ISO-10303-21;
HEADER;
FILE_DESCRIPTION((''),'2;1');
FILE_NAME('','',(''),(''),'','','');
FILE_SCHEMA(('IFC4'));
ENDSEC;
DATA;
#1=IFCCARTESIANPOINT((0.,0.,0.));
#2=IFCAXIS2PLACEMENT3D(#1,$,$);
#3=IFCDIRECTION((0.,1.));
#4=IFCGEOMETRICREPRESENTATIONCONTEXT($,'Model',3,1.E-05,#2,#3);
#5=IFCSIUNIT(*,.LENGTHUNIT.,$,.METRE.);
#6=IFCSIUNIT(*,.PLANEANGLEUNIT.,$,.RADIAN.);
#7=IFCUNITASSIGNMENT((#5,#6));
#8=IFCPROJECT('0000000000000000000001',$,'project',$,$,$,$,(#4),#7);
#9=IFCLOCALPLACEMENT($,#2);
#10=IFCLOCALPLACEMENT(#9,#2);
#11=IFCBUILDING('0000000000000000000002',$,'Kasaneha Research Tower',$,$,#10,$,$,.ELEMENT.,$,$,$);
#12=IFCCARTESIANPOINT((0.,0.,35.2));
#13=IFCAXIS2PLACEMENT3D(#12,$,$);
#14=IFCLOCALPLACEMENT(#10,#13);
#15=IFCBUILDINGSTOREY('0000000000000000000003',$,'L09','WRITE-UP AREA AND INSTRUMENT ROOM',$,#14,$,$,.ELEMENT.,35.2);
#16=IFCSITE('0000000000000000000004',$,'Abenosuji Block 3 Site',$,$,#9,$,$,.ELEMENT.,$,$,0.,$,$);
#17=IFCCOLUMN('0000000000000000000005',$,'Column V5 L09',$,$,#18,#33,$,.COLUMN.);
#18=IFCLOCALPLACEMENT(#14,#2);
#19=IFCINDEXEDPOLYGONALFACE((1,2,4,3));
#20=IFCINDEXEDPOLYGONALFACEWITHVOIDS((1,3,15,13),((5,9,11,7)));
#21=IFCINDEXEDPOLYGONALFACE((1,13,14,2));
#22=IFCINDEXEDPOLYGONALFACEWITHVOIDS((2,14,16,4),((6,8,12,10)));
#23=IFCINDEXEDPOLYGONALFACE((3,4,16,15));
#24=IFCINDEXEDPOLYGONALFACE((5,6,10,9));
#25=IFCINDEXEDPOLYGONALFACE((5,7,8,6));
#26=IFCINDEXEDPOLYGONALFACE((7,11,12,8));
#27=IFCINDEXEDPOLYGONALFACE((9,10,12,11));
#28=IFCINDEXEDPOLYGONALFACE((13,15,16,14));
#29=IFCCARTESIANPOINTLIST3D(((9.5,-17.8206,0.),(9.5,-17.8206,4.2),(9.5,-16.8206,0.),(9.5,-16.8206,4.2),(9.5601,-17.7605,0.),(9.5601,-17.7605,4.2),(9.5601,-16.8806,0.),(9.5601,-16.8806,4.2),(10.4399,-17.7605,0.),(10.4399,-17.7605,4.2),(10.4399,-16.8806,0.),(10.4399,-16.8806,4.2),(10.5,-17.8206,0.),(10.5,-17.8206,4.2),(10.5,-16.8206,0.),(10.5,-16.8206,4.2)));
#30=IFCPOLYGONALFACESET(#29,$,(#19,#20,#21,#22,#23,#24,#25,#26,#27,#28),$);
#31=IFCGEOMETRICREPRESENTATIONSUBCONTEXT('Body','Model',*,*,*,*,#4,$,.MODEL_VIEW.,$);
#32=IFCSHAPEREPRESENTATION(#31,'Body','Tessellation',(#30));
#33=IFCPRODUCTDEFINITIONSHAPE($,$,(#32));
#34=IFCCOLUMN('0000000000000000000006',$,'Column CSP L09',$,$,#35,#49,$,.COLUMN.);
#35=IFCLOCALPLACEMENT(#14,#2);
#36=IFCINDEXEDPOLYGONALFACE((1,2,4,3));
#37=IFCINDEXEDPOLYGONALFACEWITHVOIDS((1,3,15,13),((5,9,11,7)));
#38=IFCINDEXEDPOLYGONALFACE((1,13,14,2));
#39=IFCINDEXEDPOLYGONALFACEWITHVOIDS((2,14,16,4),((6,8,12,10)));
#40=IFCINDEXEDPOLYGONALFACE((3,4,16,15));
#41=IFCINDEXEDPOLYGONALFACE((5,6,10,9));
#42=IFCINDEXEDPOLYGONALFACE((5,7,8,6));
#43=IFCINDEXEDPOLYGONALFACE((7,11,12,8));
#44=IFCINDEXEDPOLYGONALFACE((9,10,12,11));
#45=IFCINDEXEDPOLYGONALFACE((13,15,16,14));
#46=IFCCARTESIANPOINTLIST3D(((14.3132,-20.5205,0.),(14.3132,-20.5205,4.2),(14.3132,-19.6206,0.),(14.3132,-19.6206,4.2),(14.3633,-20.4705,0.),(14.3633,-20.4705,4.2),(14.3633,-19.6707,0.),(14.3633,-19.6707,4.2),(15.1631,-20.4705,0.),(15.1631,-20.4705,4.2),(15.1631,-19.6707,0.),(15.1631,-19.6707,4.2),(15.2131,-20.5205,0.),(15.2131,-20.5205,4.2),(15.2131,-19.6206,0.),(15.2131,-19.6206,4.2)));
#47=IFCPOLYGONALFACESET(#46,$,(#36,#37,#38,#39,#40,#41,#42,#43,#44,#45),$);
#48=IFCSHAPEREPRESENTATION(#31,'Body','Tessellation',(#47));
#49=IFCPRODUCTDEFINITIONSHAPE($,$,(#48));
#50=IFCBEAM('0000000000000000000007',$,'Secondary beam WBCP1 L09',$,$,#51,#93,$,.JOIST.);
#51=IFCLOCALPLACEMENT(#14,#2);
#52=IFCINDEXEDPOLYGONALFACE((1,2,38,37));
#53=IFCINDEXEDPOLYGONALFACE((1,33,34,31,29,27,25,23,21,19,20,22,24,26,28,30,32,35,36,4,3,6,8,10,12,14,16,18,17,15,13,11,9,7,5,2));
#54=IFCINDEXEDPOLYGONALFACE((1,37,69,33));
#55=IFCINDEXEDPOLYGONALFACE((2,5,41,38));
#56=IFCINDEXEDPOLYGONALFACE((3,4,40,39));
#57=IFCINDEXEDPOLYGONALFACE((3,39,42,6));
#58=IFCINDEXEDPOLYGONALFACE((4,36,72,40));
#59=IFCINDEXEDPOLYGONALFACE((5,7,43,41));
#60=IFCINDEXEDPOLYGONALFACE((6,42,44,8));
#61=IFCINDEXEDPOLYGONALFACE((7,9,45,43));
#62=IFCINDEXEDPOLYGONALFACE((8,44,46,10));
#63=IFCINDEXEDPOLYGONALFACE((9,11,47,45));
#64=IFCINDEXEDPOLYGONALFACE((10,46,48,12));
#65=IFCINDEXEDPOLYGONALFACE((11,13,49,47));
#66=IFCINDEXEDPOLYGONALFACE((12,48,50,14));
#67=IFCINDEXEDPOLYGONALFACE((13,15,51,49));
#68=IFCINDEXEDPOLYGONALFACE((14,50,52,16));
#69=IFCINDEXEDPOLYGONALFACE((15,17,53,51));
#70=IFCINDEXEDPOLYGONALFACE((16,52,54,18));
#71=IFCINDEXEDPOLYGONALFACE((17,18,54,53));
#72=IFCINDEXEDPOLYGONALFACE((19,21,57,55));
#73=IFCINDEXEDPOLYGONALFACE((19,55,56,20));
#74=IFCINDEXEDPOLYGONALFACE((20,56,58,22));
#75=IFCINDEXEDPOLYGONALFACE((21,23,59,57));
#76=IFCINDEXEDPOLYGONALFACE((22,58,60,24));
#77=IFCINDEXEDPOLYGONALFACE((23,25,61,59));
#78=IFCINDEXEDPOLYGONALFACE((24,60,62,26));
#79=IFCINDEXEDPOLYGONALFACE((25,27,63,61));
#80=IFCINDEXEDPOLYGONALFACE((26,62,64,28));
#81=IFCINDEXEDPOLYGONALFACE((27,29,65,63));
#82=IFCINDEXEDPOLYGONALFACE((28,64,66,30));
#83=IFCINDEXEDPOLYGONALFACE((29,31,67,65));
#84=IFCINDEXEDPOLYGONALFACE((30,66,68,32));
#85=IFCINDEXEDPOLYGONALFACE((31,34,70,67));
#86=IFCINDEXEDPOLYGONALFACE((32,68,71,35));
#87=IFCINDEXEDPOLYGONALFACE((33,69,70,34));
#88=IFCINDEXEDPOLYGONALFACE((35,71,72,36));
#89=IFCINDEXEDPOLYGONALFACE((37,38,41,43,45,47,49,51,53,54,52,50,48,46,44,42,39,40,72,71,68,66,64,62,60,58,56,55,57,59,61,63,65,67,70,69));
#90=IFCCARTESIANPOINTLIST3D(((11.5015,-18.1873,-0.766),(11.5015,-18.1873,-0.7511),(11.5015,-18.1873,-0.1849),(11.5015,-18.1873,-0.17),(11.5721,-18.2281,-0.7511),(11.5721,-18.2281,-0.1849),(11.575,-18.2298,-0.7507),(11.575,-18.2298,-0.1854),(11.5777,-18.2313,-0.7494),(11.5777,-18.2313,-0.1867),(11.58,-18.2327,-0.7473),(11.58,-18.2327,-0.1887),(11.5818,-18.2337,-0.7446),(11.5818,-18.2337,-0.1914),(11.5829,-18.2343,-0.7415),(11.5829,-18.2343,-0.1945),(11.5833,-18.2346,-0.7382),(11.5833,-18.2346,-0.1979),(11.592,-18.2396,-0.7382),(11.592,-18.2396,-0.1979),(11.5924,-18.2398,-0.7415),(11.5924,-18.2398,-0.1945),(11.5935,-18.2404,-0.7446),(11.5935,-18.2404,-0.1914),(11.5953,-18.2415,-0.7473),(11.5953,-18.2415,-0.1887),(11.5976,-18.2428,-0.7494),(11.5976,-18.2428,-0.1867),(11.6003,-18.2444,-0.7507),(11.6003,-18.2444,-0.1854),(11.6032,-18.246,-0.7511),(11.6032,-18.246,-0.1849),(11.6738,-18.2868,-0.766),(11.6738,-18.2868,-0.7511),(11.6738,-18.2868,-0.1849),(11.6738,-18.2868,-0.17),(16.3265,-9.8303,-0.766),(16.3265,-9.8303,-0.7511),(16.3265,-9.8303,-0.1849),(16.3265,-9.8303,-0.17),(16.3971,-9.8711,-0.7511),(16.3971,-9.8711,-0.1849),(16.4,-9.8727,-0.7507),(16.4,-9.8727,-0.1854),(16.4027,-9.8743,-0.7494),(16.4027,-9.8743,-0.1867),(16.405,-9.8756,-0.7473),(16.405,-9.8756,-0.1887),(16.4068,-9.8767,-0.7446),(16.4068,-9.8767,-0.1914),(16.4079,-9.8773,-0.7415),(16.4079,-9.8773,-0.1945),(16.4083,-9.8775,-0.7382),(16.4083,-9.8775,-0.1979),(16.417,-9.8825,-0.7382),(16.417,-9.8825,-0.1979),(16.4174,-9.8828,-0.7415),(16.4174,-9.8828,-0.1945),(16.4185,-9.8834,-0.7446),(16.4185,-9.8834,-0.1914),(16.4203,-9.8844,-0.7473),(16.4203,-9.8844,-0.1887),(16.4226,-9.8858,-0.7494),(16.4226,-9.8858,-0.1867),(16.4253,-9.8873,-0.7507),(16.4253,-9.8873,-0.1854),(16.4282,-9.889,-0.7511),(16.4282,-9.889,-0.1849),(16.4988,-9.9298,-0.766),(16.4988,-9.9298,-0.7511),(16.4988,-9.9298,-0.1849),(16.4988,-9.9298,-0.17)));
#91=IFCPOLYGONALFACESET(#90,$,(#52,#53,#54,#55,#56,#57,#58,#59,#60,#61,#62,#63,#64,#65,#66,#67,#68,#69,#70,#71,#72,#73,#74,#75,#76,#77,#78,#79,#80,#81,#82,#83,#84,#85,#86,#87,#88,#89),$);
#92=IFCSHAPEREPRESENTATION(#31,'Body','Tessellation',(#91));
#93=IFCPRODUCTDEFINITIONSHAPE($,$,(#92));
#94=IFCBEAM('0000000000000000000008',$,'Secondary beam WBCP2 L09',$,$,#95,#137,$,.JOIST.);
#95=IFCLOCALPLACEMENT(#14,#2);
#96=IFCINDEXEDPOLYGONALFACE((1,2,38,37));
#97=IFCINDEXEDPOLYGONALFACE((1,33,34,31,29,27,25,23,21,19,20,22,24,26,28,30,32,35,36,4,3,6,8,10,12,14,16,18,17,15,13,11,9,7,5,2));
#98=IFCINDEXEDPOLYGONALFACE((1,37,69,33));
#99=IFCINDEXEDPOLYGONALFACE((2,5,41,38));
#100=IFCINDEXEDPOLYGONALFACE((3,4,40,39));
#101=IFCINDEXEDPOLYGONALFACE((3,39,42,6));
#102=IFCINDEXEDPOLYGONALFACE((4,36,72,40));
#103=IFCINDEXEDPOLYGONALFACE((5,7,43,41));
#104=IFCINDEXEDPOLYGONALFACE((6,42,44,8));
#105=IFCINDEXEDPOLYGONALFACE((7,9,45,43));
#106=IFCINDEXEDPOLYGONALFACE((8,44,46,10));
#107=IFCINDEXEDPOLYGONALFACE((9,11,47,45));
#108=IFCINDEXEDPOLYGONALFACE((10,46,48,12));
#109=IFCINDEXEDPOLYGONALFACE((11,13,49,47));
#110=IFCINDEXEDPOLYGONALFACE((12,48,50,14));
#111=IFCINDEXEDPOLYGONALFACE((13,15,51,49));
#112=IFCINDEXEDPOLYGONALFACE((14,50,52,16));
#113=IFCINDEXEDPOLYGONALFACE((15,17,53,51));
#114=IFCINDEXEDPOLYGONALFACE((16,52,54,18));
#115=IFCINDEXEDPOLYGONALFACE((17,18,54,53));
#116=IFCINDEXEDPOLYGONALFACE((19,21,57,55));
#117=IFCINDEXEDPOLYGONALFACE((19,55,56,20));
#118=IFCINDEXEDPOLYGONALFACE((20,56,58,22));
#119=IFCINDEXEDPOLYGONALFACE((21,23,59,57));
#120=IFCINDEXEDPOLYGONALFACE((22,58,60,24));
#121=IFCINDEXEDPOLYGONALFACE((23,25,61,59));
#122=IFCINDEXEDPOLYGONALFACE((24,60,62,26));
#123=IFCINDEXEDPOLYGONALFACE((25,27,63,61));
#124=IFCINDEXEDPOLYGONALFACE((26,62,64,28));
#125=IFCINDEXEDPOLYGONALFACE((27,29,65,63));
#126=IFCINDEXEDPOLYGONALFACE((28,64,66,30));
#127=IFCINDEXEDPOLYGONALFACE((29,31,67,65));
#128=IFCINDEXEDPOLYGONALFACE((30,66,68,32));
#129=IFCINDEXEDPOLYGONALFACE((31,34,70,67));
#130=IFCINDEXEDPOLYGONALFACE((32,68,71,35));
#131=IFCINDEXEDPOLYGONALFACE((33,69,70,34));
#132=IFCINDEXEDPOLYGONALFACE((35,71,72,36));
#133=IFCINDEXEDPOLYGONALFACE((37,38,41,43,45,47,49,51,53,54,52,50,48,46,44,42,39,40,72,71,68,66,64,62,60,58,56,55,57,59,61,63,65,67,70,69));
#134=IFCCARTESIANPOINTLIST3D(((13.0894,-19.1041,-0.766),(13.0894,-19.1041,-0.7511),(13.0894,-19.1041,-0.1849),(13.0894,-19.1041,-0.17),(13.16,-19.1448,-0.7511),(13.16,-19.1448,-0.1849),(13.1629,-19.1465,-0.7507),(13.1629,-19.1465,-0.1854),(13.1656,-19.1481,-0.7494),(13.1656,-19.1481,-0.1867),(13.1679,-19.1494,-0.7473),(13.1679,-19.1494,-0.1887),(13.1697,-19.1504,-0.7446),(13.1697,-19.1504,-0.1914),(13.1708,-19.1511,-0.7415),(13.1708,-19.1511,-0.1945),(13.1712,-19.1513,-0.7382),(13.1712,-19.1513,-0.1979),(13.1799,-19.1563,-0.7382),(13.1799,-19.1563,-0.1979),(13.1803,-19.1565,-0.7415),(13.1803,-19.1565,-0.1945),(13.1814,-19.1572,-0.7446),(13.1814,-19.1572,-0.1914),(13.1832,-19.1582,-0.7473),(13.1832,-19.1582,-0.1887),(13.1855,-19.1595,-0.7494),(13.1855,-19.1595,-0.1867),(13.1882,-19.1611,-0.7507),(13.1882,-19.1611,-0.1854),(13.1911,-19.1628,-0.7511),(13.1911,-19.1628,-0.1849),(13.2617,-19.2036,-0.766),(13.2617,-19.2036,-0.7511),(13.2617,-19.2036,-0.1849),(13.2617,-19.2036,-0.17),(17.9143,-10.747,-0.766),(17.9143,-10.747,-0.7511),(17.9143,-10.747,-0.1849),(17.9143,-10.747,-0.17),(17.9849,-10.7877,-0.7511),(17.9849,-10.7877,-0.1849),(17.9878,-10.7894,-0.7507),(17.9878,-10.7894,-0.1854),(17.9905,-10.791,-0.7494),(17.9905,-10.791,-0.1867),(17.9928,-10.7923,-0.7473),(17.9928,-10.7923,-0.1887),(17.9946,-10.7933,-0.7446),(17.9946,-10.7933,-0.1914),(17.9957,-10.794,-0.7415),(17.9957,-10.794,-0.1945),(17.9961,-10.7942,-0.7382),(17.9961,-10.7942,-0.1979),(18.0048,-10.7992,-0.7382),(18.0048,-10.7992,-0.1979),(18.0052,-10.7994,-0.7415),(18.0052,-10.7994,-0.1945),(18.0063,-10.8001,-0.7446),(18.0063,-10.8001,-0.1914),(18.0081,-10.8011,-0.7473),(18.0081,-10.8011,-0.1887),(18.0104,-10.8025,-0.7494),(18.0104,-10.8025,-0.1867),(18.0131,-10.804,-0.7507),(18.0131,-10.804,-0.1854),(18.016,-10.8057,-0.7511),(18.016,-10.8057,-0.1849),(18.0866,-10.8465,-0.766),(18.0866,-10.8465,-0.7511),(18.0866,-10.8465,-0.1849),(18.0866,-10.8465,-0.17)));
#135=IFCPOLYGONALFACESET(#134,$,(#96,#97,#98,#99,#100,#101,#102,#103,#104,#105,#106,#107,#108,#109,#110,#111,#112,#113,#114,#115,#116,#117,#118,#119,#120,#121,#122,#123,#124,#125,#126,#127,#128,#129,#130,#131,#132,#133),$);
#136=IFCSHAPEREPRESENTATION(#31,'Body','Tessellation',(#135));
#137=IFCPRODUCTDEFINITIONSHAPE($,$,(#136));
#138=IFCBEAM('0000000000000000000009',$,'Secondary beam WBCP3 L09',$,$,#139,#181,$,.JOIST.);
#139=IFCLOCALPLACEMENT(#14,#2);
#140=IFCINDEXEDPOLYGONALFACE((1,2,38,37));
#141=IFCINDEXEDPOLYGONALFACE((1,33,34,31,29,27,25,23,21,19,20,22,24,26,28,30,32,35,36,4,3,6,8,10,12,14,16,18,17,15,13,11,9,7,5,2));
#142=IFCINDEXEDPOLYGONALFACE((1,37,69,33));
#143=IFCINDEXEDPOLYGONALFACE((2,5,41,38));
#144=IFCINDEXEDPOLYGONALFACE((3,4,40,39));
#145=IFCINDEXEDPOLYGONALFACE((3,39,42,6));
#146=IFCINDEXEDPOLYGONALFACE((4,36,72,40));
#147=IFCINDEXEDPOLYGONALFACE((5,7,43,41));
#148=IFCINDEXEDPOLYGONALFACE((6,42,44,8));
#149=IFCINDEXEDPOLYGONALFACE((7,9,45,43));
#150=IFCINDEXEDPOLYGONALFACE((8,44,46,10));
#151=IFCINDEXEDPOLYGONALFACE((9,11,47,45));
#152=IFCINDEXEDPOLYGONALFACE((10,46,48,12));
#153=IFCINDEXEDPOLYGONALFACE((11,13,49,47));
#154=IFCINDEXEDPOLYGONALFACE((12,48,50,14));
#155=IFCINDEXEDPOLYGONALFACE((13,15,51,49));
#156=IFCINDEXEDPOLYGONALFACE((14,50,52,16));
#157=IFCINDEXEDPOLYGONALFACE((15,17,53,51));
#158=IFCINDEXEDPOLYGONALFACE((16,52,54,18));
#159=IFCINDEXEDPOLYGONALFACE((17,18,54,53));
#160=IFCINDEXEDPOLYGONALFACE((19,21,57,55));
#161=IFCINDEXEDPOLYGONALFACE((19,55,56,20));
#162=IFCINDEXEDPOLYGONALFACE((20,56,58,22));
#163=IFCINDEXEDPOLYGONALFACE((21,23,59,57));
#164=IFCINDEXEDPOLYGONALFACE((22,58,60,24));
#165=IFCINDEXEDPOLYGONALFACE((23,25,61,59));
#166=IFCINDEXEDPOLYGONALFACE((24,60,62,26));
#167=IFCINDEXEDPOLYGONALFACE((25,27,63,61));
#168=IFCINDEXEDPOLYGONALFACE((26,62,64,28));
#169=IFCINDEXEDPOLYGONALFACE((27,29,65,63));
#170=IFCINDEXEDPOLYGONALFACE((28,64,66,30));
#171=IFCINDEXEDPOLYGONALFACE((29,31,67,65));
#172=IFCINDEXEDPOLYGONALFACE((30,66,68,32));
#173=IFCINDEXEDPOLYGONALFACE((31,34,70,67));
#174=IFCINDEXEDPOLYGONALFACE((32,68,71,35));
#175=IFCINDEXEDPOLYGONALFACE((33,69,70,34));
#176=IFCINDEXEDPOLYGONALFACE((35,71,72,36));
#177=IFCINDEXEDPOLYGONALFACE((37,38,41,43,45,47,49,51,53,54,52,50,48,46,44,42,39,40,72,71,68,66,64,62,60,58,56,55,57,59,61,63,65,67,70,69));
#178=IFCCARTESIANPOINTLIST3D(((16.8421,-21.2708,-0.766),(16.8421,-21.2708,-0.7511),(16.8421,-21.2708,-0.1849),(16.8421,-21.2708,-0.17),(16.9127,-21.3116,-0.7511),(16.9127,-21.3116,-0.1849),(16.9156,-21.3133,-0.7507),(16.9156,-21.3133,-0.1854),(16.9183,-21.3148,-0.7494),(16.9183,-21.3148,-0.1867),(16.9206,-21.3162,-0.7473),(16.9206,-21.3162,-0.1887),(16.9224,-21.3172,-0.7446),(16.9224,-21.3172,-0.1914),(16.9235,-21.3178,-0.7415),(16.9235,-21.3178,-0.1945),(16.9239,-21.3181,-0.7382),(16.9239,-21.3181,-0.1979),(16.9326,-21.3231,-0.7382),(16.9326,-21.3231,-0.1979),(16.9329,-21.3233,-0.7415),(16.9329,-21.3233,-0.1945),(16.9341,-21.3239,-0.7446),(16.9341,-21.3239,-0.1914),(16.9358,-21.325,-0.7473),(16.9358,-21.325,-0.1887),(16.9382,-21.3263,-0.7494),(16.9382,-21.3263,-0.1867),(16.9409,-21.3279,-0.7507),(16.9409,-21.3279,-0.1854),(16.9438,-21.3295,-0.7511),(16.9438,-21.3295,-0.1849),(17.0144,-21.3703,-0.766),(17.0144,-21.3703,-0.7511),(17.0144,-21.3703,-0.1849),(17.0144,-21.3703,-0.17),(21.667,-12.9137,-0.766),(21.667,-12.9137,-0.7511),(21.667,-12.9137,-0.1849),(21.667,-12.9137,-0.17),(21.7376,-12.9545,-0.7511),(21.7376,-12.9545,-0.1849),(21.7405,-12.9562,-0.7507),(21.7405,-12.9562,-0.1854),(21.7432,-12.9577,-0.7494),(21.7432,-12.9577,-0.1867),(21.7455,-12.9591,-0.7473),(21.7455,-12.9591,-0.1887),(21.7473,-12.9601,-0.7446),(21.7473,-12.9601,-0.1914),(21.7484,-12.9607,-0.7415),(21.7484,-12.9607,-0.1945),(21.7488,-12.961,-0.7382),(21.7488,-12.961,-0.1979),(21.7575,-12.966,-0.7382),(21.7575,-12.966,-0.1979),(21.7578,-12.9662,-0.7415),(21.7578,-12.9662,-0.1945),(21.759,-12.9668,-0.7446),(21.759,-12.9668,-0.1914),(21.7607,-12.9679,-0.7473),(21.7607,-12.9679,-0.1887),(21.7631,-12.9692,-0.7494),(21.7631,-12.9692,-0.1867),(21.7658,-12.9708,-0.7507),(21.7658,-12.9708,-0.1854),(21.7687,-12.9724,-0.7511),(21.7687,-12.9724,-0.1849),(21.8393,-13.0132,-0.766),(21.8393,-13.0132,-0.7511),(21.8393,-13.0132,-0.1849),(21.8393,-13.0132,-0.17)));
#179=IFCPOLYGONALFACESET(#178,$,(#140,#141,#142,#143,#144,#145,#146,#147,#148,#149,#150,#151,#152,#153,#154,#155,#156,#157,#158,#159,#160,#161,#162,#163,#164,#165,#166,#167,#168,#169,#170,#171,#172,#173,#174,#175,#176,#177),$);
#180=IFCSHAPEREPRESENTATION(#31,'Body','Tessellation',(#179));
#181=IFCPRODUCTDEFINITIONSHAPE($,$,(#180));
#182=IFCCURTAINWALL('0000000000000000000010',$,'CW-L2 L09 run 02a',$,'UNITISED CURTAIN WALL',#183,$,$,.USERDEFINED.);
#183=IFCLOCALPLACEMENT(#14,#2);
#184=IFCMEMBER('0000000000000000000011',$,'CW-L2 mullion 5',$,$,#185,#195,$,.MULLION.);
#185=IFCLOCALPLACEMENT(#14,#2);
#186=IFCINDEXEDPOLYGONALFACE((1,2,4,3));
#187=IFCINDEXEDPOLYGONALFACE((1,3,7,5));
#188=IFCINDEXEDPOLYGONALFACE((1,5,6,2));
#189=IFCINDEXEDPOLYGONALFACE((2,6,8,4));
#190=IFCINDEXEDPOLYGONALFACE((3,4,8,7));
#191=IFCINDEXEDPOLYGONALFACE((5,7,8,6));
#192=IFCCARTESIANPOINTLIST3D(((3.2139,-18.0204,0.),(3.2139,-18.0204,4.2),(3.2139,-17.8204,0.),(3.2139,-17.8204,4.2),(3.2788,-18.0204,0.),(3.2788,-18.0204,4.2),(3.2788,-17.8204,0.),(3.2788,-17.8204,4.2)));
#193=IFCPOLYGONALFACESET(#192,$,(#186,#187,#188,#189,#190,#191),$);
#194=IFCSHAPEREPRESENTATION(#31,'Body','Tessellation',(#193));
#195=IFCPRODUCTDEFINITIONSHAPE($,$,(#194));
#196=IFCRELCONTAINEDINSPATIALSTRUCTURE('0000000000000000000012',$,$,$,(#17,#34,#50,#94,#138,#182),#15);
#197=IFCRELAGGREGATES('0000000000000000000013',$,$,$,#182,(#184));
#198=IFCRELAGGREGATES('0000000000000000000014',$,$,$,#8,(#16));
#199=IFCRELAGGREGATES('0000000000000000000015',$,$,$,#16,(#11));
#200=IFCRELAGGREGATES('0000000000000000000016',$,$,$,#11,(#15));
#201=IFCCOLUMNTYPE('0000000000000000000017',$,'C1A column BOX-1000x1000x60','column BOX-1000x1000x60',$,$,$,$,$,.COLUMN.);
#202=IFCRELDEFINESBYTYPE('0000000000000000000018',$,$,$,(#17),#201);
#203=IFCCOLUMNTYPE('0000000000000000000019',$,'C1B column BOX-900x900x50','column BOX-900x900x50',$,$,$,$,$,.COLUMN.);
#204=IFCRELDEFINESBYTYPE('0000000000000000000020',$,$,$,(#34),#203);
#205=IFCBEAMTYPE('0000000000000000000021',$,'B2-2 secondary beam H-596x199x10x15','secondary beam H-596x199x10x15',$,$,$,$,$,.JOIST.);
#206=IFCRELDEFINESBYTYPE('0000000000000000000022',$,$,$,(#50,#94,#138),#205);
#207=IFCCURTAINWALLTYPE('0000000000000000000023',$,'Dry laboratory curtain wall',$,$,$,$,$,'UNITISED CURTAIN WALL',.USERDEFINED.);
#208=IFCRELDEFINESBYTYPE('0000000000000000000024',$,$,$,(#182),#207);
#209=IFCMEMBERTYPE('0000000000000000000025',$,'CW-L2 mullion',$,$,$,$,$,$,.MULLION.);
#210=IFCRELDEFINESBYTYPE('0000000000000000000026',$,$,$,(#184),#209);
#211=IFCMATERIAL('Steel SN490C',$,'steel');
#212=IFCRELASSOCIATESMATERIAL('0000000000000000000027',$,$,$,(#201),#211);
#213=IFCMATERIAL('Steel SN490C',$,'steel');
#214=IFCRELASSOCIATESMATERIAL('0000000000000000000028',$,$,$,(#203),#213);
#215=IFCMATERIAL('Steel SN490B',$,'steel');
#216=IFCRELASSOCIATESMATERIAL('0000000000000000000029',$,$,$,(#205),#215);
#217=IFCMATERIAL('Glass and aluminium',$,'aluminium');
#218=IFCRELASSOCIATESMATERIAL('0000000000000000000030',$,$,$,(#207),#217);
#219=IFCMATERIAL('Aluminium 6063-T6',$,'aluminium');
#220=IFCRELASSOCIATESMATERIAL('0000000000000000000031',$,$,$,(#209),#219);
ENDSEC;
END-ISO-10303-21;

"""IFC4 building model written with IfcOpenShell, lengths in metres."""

from ifc_helpers import new_model, si_unit, direction, frame, origin, origin_2d, place, context, subcontext, project, spatial, rectangle, hollow_rectangle, i_section, extrude, material, material_profile, profile_set, type_object, element, aggregate, save


model = new_model("IFC4")

# Units and contexts
model_context = context("Model", 3, precision=1e-05, world=origin(), true_north=direction((0.0, 1.0)))
body_context = subcontext(model_context, "Body", "Model", "MODEL_VIEW")
ifc_project = project(units=[si_unit("LENGTHUNIT", "METRE"), si_unit("PLANEANGLEUNIT", "RADIAN")], contexts=[model_context])

# Site, building, storey
site_placement = place(None, origin())
site = spatial("IfcSite", under=ifc_project, at=site_placement, Name="Abenosuji Block 3 Site", CompositionType="ELEMENT", RefElevation=0.0)
building_placement = place(site_placement, origin())
building = spatial("IfcBuilding", under=site, at=building_placement, Name="Kasaneha Research Tower", CompositionType="ELEMENT")
storey_placement = place(building_placement, frame((0.0, 0.0, 35.2)))
storey = spatial("IfcBuildingStorey", under=building, at=storey_placement, Name="L09", Description="WRITE-UP AREA AND INSTRUMENT ROOM", CompositionType="ELEMENT", Elevation=35.2)

# Columns
ifc_material_1 = material(Name="Steel SN490C", Category="steel")
ifc_material_profile_1 = material_profile(ifc_material_1, hollow_rectangle(XDim=1.0, YDim=1.0, WallThickness=0.0601, at=origin_2d()), Name="BOX-1000x1000x60")
ifc_profile_set_1 = profile_set([ifc_material_profile_1], Name="Steel SN490C")
column_type_1 = type_object("IfcColumnType", Name="C1A column BOX-1000x1000x60", Description="column BOX-1000x1000x60", PredefinedType="COLUMN", material=ifc_profile_set_1)
column_1_placement = place(storey_placement, frame((10.0, -17.3206, 0.0), z_axis=(0.0, 0.0, 1.0), x_axis=(1.0, 0.0, 0.0)))
element("IfcColumn", 1, at=column_1_placement, inside=storey, type_object=column_type_1, Name="Column V5 L09", PredefinedType="COLUMN", context=body_context, shape_type="SweptSolid", body=[
    extrude(hollow_rectangle(XDim=1.0, YDim=1.0, WallThickness=0.0601, at=origin_2d()), origin(), (0.0, 0.0, 1.0), 4.2),
])
ifc_material_2 = material(Name="Steel SN490C", Category="steel")
ifc_material_profile_2 = material_profile(ifc_material_2, hollow_rectangle(XDim=0.8999, YDim=0.8999, WallThickness=0.05, at=origin_2d()), Name="BOX-900x900x50")
ifc_profile_set_2 = profile_set([ifc_material_profile_2], Name="Steel SN490C")
column_type_2 = type_object("IfcColumnType", Name="C1B column BOX-900x900x50", Description="column BOX-900x900x50", PredefinedType="COLUMN", material=ifc_profile_set_2)
column_2_placement = place(storey_placement, frame((14.7632, -20.0706, 0.0), z_axis=(0.0, 0.0, 1.0), x_axis=(1.0, 0.0, 0.0)))
element("IfcColumn", 2, at=column_2_placement, inside=storey, type_object=column_type_2, Name="Column CSP L09", PredefinedType="COLUMN", context=body_context, shape_type="SweptSolid", body=[
    extrude(hollow_rectangle(XDim=0.8999, YDim=0.8999, WallThickness=0.05, at=origin_2d()), origin(), (0.0, 0.0, 1.0), 4.2),
])

# Beams
ifc_material_3 = material(Name="Steel SN490B", Category="steel")
ifc_material_profile_3 = material_profile(ifc_material_3, i_section(OverallWidth=0.199, OverallDepth=0.5959, WebThickness=0.01, FlangeThickness=0.0149, FilletRadius=0.0129, at=origin_2d()), Name="H-596x199x10x15")
ifc_profile_set_3 = profile_set([ifc_material_profile_3], Name="Steel SN490B")
beam_type_1 = type_object("IfcBeamType", Name="B2-2 secondary beam H-596x199x10x15", Description="secondary beam H-596x199x10x15", PredefinedType="JOIST", material=ifc_profile_set_3)
for number, where, z_axis, x_axis, name in (
    (3, (11.5876, -18.2371, -0.468), (0.500006, 0.866022, 0.0), (-0.866022, 0.500006, 0.0), "Secondary beam WBCP1 L09"),
    (4, (13.1755, -19.1538, -0.468), (0.499995, 0.866028, 0.0), (-0.866028, 0.499995, 0.0), "Secondary beam WBCP2 L09"),
    (5, (16.9282, -21.3206, -0.468), (0.499995, 0.866028, 0.0), (-0.866028, 0.499995, 0.0), "Secondary beam WBCP3 L09"),
):
    element("IfcBeam", number, at=place(storey_placement, frame(where, z_axis=z_axis, x_axis=x_axis)), inside=storey, type_object=beam_type_1, Name=name, PredefinedType="JOIST", context=body_context, shape_type="SweptSolid", body=[
        extrude(i_section(OverallWidth=0.199, OverallDepth=0.5959, WebThickness=0.01, FlangeThickness=0.0149, FilletRadius=0.0129, at=origin_2d()), origin(), (0.0, 0.0, 1.0), 9.6499),
    ])

# Curtain wall, member
ifc_material_4 = material(Name="Glass and aluminium", Category="aluminium")
curtain_wall_type = type_object("IfcCurtainWallType", Name="Dry laboratory curtain wall", ElementType="UNITISED CURTAIN WALL", PredefinedType="USERDEFINED", material=ifc_material_4)
curtain_wall_1_placement = place(storey_placement, origin())
curtain_wall_1 = element("IfcCurtainWall", 6, at=curtain_wall_1_placement, inside=storey, type_object=curtain_wall_type, Name="CW-L2 L09 run 02a", ObjectType="UNITISED CURTAIN WALL", PredefinedType="USERDEFINED")
ifc_material_5 = material(Name="Aluminium 6063-T6", Category="aluminium")
ifc_material_profile_4 = material_profile(ifc_material_5, rectangle(XDim=0.0649, YDim=0.2, at=origin_2d()), Name="CW-L2 mullion 65x200")
ifc_profile_set_4 = profile_set([ifc_material_profile_4], Name="Aluminium 6063-T6")
member_type_1 = type_object("IfcMemberType", Name="CW-L2 mullion", PredefinedType="MULLION", material=ifc_profile_set_4)
member_1_placement = place(storey_placement, frame((3.2463, -17.9204, 0.0), z_axis=(0.0, 0.0, 1.0), x_axis=(1.0, 0.0, 0.0)))
member_1 = element("IfcMember", 7, at=member_1_placement, type_object=member_type_1, Name="CW-L2 mullion 5", PredefinedType="MULLION", context=body_context, shape_type="SweptSolid", body=[
    extrude(rectangle(XDim=0.0649, YDim=0.2, at=origin_2d()), origin(), (0.0, 0.0, 1.0), 4.2),
])

aggregate(curtain_wall_1, [member_1])

save(model, "model.ifc")
